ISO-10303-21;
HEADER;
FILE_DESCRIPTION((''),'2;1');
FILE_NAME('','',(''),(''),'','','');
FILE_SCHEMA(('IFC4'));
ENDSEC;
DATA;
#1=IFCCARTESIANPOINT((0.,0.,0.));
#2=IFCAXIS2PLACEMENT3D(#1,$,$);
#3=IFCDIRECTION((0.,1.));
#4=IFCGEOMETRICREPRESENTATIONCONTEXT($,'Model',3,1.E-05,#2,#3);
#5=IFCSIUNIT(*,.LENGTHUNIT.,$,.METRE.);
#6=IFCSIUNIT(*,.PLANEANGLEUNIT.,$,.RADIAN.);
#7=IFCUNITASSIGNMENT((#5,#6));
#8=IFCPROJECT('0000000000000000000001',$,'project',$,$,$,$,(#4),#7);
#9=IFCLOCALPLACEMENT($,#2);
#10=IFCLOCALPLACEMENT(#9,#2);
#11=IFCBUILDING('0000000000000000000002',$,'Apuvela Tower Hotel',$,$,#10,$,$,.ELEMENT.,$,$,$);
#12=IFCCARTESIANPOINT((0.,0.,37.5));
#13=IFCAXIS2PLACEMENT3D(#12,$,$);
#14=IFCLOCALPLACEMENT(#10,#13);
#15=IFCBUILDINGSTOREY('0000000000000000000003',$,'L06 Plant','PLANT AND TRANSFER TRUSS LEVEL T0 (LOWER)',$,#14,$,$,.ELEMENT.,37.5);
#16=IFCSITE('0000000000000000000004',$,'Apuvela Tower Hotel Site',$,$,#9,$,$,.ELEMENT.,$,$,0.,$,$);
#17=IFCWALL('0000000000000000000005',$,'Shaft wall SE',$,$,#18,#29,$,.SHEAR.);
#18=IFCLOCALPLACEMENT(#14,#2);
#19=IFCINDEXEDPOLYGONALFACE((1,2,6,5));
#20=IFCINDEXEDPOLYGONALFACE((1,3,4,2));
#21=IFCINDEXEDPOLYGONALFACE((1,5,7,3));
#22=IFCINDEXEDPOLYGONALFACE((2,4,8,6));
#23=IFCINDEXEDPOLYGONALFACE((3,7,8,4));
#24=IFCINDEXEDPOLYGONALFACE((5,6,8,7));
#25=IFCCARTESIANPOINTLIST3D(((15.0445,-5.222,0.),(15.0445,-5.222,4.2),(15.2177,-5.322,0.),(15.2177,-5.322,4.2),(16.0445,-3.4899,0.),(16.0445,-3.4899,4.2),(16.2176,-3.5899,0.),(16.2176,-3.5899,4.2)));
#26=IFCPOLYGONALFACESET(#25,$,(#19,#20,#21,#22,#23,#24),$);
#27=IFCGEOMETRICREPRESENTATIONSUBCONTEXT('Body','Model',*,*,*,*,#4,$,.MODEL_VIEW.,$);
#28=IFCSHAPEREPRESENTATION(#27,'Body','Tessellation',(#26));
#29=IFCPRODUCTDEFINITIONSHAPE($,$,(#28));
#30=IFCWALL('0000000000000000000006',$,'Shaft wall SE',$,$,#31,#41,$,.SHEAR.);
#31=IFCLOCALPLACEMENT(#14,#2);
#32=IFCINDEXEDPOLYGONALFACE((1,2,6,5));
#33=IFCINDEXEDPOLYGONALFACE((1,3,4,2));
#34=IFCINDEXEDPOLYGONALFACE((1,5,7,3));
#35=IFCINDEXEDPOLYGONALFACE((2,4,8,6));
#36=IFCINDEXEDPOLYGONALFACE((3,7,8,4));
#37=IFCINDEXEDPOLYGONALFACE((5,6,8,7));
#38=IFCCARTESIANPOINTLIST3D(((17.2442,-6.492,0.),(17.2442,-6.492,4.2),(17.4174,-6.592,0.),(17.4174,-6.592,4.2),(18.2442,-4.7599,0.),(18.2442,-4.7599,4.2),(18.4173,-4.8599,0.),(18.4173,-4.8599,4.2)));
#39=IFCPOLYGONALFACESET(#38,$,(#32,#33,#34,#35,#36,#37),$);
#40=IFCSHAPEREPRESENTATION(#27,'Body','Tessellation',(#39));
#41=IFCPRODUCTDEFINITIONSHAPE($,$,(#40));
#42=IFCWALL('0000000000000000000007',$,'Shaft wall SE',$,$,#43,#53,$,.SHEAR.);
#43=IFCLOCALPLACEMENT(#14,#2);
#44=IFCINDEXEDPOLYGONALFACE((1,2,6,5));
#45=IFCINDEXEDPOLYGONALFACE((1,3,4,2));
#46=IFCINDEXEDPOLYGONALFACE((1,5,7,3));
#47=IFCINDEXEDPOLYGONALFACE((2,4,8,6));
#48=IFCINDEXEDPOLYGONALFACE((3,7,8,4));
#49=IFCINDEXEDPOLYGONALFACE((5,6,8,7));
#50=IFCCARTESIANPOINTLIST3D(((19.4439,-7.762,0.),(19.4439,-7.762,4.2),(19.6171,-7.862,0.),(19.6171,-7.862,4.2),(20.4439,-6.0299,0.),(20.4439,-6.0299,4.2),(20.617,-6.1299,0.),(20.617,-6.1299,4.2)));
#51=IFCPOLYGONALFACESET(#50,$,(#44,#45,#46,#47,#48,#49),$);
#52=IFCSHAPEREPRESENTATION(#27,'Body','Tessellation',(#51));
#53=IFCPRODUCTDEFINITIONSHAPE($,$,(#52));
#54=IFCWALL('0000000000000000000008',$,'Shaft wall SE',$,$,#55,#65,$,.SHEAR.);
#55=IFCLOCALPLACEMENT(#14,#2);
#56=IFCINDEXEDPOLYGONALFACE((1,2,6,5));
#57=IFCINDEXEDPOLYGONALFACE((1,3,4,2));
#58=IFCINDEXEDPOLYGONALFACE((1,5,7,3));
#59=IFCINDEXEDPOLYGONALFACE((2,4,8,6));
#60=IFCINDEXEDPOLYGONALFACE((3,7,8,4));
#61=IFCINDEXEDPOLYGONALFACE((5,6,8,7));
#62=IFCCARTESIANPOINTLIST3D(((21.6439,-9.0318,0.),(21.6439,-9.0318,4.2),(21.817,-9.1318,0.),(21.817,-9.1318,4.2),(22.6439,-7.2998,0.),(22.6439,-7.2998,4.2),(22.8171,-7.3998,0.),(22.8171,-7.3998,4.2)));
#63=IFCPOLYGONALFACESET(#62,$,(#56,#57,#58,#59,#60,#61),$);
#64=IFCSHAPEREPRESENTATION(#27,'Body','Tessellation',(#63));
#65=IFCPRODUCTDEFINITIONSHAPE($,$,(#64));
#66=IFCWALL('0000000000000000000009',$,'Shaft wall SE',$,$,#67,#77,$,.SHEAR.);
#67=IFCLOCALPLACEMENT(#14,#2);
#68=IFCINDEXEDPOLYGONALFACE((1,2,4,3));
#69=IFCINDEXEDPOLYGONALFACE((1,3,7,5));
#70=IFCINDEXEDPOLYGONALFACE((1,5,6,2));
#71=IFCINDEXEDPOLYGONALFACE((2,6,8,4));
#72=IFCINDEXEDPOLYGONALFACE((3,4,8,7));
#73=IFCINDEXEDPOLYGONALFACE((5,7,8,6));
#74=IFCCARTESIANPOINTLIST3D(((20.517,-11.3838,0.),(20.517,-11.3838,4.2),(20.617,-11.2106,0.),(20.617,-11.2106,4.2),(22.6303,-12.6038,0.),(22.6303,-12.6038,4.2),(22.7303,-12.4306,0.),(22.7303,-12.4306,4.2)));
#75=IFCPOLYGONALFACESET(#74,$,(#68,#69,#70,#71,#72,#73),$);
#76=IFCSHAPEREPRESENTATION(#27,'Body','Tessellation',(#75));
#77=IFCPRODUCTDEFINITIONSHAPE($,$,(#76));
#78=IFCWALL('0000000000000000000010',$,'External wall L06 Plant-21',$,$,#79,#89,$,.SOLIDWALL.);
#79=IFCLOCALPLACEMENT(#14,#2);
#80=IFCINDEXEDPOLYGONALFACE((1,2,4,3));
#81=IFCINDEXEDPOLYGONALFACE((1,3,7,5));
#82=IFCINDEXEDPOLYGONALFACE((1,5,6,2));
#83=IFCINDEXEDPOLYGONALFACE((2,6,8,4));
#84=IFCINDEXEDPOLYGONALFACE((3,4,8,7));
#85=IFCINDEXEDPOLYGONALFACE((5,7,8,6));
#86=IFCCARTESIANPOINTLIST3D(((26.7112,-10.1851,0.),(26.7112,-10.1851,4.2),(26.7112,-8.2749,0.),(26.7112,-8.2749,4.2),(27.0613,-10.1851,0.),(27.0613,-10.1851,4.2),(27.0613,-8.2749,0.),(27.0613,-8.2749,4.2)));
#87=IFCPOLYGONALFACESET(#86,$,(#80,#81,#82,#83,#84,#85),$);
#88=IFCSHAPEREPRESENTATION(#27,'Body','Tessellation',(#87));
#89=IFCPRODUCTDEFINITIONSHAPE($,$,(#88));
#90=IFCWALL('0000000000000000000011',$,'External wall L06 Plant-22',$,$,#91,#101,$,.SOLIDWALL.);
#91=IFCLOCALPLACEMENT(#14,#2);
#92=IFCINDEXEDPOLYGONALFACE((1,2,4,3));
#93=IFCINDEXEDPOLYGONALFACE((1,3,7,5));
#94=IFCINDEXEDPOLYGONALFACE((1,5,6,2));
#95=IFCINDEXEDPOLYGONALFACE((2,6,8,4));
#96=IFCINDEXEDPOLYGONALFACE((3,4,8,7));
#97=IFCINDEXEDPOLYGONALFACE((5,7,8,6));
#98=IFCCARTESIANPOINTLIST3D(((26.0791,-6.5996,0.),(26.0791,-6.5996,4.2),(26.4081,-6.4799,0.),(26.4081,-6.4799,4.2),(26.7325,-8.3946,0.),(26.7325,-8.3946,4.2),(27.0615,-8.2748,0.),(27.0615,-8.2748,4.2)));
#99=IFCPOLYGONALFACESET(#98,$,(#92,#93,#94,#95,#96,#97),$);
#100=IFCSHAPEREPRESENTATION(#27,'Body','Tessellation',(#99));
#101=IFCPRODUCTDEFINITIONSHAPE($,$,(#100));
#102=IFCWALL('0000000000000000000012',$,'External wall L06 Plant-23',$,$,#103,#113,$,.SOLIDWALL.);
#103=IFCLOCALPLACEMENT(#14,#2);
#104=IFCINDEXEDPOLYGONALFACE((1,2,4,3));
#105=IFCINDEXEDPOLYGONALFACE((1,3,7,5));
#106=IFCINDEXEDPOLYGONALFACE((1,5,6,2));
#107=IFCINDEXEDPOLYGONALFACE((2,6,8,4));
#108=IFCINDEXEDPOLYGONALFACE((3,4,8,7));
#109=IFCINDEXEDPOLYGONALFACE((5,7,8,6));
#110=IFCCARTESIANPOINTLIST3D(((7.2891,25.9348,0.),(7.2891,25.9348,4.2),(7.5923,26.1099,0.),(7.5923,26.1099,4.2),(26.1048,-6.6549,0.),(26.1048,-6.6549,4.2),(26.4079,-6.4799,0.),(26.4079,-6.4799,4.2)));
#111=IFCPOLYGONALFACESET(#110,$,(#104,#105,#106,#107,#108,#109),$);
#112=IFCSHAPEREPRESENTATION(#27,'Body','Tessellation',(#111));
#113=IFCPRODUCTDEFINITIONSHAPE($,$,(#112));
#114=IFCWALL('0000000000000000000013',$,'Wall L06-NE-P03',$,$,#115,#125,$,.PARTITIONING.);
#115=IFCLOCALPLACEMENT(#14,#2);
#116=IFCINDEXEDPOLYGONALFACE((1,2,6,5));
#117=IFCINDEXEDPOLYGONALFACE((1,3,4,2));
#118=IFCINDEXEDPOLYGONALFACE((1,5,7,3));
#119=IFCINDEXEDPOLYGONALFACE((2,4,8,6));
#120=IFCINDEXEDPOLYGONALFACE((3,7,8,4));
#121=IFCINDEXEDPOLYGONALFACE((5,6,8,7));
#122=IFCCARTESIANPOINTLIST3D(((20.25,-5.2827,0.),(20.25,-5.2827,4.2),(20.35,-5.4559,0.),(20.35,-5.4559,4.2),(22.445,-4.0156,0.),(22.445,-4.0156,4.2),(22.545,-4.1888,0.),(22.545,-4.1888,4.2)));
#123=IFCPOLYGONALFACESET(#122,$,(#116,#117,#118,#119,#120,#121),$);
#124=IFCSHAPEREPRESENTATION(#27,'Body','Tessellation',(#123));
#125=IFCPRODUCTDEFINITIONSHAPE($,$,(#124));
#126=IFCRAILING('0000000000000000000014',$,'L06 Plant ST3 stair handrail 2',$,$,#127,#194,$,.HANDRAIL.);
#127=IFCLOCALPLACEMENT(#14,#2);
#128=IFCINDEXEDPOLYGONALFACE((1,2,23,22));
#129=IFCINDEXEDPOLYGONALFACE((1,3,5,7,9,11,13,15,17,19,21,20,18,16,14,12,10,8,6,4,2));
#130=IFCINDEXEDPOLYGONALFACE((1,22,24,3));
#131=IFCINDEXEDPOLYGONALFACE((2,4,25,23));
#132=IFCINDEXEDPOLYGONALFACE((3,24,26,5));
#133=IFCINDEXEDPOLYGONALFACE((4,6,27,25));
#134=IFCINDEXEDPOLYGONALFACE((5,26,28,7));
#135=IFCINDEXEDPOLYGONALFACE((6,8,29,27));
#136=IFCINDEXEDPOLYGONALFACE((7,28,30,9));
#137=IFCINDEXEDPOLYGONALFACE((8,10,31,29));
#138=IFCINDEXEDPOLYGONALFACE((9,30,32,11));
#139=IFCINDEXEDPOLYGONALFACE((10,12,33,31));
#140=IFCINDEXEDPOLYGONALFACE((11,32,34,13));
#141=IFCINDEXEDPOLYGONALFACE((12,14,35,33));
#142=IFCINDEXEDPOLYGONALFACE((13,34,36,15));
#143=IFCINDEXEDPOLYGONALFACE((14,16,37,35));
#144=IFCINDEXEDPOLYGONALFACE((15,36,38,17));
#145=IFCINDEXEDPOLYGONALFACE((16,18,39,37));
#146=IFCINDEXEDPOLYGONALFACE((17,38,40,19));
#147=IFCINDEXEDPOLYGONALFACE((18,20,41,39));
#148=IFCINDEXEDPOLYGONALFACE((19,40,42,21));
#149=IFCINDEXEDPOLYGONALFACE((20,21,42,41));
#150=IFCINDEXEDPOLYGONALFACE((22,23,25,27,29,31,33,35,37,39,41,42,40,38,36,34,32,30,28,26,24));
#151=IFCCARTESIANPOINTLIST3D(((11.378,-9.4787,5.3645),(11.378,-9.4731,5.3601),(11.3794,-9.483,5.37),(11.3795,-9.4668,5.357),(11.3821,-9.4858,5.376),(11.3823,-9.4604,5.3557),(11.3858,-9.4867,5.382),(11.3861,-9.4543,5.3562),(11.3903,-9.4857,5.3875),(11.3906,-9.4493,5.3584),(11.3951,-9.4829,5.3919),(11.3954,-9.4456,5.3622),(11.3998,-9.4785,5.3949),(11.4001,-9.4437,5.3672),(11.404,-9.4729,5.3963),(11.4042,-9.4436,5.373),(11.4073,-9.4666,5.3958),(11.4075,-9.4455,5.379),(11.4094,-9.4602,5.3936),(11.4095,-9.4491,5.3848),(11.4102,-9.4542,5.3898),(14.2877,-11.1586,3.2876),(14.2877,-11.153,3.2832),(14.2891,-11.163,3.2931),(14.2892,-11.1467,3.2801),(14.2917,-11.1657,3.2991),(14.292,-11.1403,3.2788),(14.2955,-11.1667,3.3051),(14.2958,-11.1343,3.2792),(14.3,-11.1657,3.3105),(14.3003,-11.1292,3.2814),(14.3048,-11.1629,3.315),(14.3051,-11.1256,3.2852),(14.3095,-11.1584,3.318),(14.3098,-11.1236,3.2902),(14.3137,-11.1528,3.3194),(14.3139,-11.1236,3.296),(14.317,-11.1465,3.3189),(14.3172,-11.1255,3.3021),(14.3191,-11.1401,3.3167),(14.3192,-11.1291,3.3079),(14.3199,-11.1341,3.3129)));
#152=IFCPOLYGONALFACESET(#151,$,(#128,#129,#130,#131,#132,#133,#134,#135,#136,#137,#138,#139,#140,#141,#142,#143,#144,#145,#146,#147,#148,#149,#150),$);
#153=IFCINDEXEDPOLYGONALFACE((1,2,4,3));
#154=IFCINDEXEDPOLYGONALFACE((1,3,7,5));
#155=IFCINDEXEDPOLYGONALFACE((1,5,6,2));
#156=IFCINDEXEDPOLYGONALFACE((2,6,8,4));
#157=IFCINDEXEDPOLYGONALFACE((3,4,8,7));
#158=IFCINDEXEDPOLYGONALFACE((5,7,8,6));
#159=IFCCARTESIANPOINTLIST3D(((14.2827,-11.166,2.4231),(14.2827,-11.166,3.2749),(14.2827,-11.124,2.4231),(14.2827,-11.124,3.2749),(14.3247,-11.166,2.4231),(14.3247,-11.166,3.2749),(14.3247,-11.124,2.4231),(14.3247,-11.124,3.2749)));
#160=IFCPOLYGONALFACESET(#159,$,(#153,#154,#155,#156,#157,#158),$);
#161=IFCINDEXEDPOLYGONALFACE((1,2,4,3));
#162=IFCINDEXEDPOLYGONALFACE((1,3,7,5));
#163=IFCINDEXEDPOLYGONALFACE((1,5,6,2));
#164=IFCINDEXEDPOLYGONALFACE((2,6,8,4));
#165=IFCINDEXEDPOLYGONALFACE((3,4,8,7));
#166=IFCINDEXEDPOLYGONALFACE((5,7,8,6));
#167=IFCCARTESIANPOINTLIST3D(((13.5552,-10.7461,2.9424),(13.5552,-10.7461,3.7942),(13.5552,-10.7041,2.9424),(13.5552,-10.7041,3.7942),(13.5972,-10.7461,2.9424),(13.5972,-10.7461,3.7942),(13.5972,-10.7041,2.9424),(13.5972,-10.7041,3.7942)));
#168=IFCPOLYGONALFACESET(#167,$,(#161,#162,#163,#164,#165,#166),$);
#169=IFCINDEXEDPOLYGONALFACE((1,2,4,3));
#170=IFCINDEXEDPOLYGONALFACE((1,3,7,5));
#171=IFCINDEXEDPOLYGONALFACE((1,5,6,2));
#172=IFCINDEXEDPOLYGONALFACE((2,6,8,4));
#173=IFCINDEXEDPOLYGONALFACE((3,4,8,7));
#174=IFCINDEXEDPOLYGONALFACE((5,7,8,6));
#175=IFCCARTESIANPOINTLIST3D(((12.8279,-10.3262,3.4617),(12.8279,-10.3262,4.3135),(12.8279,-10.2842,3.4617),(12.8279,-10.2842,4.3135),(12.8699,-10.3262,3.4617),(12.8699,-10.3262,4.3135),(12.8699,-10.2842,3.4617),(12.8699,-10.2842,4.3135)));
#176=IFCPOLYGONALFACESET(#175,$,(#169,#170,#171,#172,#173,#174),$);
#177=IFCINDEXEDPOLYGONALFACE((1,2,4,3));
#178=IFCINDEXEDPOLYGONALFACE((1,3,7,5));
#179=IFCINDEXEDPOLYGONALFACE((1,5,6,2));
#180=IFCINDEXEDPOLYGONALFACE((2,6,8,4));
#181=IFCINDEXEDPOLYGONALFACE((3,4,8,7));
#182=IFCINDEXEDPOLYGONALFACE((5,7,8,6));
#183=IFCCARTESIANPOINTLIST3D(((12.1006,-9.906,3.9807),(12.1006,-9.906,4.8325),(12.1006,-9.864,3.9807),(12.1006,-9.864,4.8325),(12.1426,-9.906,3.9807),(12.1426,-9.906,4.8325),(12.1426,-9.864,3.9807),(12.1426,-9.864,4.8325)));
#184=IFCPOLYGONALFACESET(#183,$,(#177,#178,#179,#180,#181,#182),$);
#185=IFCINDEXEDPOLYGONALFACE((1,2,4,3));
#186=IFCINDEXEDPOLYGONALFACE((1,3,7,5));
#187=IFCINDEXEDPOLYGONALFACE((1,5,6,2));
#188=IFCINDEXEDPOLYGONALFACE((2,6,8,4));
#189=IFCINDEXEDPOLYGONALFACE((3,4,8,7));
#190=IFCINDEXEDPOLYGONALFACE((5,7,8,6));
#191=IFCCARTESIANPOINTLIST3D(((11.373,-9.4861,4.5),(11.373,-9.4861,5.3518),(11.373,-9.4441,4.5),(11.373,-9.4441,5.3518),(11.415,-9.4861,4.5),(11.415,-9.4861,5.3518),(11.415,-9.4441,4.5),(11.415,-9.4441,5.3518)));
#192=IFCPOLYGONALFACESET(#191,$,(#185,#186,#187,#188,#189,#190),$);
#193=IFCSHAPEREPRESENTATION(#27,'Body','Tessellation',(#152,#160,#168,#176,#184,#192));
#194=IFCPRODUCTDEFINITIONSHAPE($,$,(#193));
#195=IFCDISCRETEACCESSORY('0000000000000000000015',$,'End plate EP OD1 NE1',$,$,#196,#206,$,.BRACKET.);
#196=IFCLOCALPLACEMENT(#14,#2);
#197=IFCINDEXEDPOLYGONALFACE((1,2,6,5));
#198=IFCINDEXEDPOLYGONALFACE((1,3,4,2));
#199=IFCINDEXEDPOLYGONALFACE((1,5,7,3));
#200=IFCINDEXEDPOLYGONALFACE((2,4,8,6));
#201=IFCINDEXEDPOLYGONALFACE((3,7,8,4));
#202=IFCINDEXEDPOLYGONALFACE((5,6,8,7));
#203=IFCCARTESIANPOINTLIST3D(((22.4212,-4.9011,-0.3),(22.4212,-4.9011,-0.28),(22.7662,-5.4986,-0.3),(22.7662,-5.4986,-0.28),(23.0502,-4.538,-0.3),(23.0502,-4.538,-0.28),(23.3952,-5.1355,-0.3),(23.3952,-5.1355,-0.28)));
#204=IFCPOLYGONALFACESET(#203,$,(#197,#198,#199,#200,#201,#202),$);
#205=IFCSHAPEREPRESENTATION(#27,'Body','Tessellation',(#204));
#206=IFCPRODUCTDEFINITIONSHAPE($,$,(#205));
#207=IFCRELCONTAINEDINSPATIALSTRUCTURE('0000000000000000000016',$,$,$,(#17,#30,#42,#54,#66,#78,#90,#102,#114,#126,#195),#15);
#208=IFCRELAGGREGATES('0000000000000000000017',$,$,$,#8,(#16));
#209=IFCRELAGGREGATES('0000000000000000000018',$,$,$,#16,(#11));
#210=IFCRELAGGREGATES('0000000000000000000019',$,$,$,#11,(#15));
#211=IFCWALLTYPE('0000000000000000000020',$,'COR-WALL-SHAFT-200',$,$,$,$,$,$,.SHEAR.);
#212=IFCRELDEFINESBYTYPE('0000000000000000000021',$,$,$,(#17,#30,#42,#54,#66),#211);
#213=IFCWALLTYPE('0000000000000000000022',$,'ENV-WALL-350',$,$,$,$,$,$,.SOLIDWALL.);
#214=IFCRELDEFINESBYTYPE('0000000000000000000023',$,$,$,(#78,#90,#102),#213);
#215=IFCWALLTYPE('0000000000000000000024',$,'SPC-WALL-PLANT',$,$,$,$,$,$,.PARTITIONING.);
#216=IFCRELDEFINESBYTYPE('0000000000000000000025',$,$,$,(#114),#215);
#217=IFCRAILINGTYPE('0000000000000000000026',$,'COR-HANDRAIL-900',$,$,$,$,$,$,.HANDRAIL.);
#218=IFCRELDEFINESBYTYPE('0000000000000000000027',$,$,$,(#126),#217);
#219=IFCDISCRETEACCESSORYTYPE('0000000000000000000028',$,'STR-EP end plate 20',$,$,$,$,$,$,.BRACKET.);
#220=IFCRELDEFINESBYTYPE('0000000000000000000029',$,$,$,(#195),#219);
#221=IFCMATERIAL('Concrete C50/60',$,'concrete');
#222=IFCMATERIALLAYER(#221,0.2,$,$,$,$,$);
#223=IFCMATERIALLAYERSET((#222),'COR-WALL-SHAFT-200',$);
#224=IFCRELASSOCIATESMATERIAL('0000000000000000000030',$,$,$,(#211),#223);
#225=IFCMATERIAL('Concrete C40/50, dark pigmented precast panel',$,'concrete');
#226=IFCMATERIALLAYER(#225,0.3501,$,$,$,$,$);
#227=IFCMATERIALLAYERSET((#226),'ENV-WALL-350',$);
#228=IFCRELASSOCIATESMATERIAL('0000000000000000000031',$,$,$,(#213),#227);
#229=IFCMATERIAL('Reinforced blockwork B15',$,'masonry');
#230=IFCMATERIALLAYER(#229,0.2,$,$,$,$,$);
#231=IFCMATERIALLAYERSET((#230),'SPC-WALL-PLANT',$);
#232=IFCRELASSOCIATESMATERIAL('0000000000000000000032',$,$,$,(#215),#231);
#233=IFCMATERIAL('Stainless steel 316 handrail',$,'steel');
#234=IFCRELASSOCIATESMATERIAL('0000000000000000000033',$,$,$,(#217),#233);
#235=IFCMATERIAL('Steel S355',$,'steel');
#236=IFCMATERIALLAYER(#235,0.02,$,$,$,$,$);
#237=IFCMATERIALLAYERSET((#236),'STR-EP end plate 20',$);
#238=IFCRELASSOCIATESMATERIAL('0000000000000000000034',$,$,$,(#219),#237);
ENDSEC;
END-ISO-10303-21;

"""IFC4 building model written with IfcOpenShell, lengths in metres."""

from ifc_helpers import new_model, si_unit, direction, frame, frame_2d, origin, origin_2d, place, context, subcontext, project, spatial, rectangle, circle, extrude, material, layer, layer_set, type_object, element, save


model = new_model("IFC4")

# Units and contexts
model_context = context("Model", 3, precision=1e-05, world=origin(), true_north=direction((0.0, 1.0)))
body_context = subcontext(model_context, "Body", "Model", "MODEL_VIEW")
ifc_project = project(units=[si_unit("LENGTHUNIT", "METRE"), si_unit("PLANEANGLEUNIT", "RADIAN")], contexts=[model_context])

# Site, building, storey
site_placement = place(None, origin())
site = spatial("IfcSite", under=ifc_project, at=site_placement, Name="Apuvela Tower Hotel Site", CompositionType="ELEMENT", RefElevation=0.0)
building_placement = place(site_placement, origin())
building = spatial("IfcBuilding", under=site, at=building_placement, Name="Apuvela Tower Hotel", CompositionType="ELEMENT")
storey_placement = place(building_placement, frame((0.0, 0.0, 37.5)))
storey = spatial("IfcBuildingStorey", under=building, at=storey_placement, Name="L06 Plant", Description="PLANT AND TRANSFER TRUSS LEVEL T0 (LOWER)", CompositionType="ELEMENT", Elevation=37.5)

# Shared definitions
ifc_material_1 = material(Name="Steel S355", Category="steel")

# Shared definitions
ifc_material_2 = material(Name="Concrete C50/60", Category="concrete")
ifc_layer_1 = layer(ifc_material_2, 0.2)
ifc_layer_set_1 = layer_set([ifc_layer_1], Name="COR-WALL-SHAFT-200")
wall_type_1 = type_object("IfcWallType", Name="COR-WALL-SHAFT-200", PredefinedType="SHEAR", material=ifc_layer_set_1)

# Walls
for number, where, z_axis, x_axis, name in (
    (1, (15.1311, -5.272, 0.0), (0.0, 0.0, 1.0), (0.499973, 0.866041, 0.0), "Shaft wall SE"),
    (2, (17.3308, -6.542, 0.0), (0.0, 0.0, 1.0), (0.499973, 0.866041, 0.0), "Shaft wall SE"),
    (3, (19.5305, -7.812, 0.0), (0.0, 0.0, 1.0), (0.499973, 0.866041, 0.0), "Shaft wall SE"),
    (4, (21.7305, -9.0818, 0.0), (0.0, 0.0, 1.0), (0.500025, 0.866011, 0.0), "Shaft wall SE"),
):
    element("IfcWall", number, at=place(storey_placement, frame(where, z_axis=z_axis, x_axis=x_axis)), inside=storey, type_object=wall_type_1, Name=name, PredefinedType="SHEAR", context=body_context, shape_type="SweptSolid", body=[
        extrude(rectangle(XDim=2.0, YDim=0.2, at=frame_2d((1.0, 0.0))), origin(), (0.0, 0.0, 1.0), 4.2),
    ])
wall_1_placement = place(storey_placement, frame((20.5669, -11.2971, 0.0), z_axis=(0.0, 0.0, 1.0), x_axis=(0.866049, -0.499959, 0.0)))
element("IfcWall", 5, at=wall_1_placement, inside=storey, type_object=wall_type_1, Name="Shaft wall SE", PredefinedType="SHEAR", context=body_context, shape_type="SweptSolid", body=[
    extrude(rectangle(XDim=2.4402, YDim=0.2, at=frame_2d((1.2202, 0.0))), origin(), (0.0, 0.0, 1.0), 4.2),
])
ifc_material_3 = material(Name="Concrete C40/50, dark pigmented precast panel", Category="concrete")
ifc_layer_2 = layer(ifc_material_3, 0.3501)
ifc_layer_set_2 = layer_set([ifc_layer_2], Name="ENV-WALL-350")
wall_type_2 = type_object("IfcWallType", Name="ENV-WALL-350", PredefinedType="SOLIDWALL", material=ifc_layer_set_2)
for number, where, z_axis, x_axis, name in (
    (6, (26.8862, -10.1851, 0.0), (0.0, 0.0, 1.0), (0.0, 1.0, 0.0), "External wall L06 Plant-21"),
    (7, (26.897, -8.3347, 0.0), (0.0, 0.0, 1.0), (-0.34203, 0.939689, 0.0), "External wall L06 Plant-22"),
):
    element("IfcWall", number, at=place(storey_placement, frame(where, z_axis=z_axis, x_axis=x_axis)), inside=storey, type_object=wall_type_2, Name=name, PredefinedType="SOLIDWALL", context=body_context, shape_type="SweptSolid", body=[
        extrude(rectangle(XDim=1.9102, YDim=0.3501, at=frame_2d((0.9551, 0.0))), origin(), (0.0, 0.0, 1.0), 4.2),
    ])
wall_2_placement = place(storey_placement, frame((26.2563, -6.5674, 0.0), z_axis=(0.0, 0.0, 1.0), x_axis=(-0.499998, 0.866026, 0.0)))
element("IfcWall", 8, at=wall_2_placement, inside=storey, type_object=wall_type_2, Name="External wall L06 Plant-23", PredefinedType="SOLIDWALL", context=body_context, shape_type="SweptSolid", body=[
    extrude(rectangle(XDim=37.6313, YDim=0.3501, at=frame_2d((18.8157, 0.0))), origin(), (0.0, 0.0, 1.0), 4.2),
])
ifc_material_4 = material(Name="Reinforced blockwork B15", Category="masonry")
ifc_layer_3 = layer(ifc_material_4, 0.2)
ifc_layer_set_3 = layer_set([ifc_layer_3], Name="SPC-WALL-PLANT")
wall_type_3 = type_object("IfcWallType", Name="SPC-WALL-PLANT", PredefinedType="PARTITIONING", material=ifc_layer_set_3)
wall_3_placement = place(storey_placement, frame((22.4949, -4.1023, 0.0), z_axis=(0.0, 0.0, 1.0), x_axis=(-0.866065, -0.499931, 0.0)))
element("IfcWall", 9, at=wall_3_placement, inside=storey, type_object=wall_type_3, Name="Wall L06-NE-P03", PredefinedType="PARTITIONING", context=body_context, shape_type="SweptSolid", body=[
    extrude(rectangle(XDim=2.5344, YDim=0.2, at=frame_2d((1.2671, 0.0))), origin(), (0.0, 0.0, 1.0), 4.2),
])

# Railing
ifc_material_5 = material(Name="Stainless steel 316 handrail", Category="steel")
railing_type = type_object("IfcRailingType", Name="COR-HANDRAIL-900", PredefinedType="HANDRAIL", material=ifc_material_5)
railing_placement = place(storey_placement, frame((14.3037, -11.145, 2.4231)))
element("IfcRailing", 10, at=railing_placement, inside=storey, type_object=railing_type, Name="L06 Plant ST3 stair handrail 2", PredefinedType="HANDRAIL", context=body_context, shape_type="SweptSolid", body=[
    extrude(circle(Radius=0.0239, at=origin_2d()), frame((0.0, 0.0, 0.876), z_axis=(-0.73664, 0.425308, 0.525809), x_axis=(-0.500008, -0.866021, 0.0)), (0.0, 0.0, 1.0), 3.95),
    extrude(rectangle(XDim=0.042, YDim=0.042, at=origin_2d()), origin(), (0.0, 0.0, 1.0), 0.8518),
    extrude(rectangle(XDim=0.042, YDim=0.042, at=origin_2d()), frame((-0.7275, 0.4199, 0.5193)), (0.0, 0.0, 1.0), 0.8518),
    extrude(rectangle(XDim=0.042, YDim=0.042, at=origin_2d()), frame((-1.4548, 0.8398, 1.0386)), (0.0, 0.0, 1.0), 0.8518),
    extrude(rectangle(XDim=0.042, YDim=0.042, at=origin_2d()), frame((-2.1821, 1.26, 1.5576)), (0.0, 0.0, 1.0), 0.8518),
    extrude(rectangle(XDim=0.042, YDim=0.042, at=origin_2d()), frame((-2.9097, 1.6799, 2.0769)), (0.0, 0.0, 1.0), 0.8518),
])

# Discrete accessory
ifc_layer_4 = layer(ifc_material_1, 0.02)
ifc_layer_set_4 = layer_set([ifc_layer_4], Name="STR-EP end plate 20")
discrete_accessory_type = type_object("IfcDiscreteAccessoryType", Name="STR-EP end plate 20", PredefinedType="BRACKET", material=ifc_layer_set_4)
for number, where, z_axis, x_axis, name in (
    (11, (22.9082, -5.0183, -0.3), (0.0, 0.0, 1.0), (-0.866025, -0.5, 0.0), "End plate EP OD1 NE1"),
):
    element("IfcDiscreteAccessory", number, at=place(storey_placement, frame(where, z_axis=z_axis, x_axis=x_axis)), inside=storey, type_object=discrete_accessory_type, Name=name, PredefinedType="BRACKET", context=body_context, shape_type="SweptSolid", body=[
        extrude(rectangle(XDim=0.7263, YDim=0.6899, at=origin_2d()), origin(), (0.0, 0.0, 1.0), 0.02),
    ])

save(model, "model.ifc")
